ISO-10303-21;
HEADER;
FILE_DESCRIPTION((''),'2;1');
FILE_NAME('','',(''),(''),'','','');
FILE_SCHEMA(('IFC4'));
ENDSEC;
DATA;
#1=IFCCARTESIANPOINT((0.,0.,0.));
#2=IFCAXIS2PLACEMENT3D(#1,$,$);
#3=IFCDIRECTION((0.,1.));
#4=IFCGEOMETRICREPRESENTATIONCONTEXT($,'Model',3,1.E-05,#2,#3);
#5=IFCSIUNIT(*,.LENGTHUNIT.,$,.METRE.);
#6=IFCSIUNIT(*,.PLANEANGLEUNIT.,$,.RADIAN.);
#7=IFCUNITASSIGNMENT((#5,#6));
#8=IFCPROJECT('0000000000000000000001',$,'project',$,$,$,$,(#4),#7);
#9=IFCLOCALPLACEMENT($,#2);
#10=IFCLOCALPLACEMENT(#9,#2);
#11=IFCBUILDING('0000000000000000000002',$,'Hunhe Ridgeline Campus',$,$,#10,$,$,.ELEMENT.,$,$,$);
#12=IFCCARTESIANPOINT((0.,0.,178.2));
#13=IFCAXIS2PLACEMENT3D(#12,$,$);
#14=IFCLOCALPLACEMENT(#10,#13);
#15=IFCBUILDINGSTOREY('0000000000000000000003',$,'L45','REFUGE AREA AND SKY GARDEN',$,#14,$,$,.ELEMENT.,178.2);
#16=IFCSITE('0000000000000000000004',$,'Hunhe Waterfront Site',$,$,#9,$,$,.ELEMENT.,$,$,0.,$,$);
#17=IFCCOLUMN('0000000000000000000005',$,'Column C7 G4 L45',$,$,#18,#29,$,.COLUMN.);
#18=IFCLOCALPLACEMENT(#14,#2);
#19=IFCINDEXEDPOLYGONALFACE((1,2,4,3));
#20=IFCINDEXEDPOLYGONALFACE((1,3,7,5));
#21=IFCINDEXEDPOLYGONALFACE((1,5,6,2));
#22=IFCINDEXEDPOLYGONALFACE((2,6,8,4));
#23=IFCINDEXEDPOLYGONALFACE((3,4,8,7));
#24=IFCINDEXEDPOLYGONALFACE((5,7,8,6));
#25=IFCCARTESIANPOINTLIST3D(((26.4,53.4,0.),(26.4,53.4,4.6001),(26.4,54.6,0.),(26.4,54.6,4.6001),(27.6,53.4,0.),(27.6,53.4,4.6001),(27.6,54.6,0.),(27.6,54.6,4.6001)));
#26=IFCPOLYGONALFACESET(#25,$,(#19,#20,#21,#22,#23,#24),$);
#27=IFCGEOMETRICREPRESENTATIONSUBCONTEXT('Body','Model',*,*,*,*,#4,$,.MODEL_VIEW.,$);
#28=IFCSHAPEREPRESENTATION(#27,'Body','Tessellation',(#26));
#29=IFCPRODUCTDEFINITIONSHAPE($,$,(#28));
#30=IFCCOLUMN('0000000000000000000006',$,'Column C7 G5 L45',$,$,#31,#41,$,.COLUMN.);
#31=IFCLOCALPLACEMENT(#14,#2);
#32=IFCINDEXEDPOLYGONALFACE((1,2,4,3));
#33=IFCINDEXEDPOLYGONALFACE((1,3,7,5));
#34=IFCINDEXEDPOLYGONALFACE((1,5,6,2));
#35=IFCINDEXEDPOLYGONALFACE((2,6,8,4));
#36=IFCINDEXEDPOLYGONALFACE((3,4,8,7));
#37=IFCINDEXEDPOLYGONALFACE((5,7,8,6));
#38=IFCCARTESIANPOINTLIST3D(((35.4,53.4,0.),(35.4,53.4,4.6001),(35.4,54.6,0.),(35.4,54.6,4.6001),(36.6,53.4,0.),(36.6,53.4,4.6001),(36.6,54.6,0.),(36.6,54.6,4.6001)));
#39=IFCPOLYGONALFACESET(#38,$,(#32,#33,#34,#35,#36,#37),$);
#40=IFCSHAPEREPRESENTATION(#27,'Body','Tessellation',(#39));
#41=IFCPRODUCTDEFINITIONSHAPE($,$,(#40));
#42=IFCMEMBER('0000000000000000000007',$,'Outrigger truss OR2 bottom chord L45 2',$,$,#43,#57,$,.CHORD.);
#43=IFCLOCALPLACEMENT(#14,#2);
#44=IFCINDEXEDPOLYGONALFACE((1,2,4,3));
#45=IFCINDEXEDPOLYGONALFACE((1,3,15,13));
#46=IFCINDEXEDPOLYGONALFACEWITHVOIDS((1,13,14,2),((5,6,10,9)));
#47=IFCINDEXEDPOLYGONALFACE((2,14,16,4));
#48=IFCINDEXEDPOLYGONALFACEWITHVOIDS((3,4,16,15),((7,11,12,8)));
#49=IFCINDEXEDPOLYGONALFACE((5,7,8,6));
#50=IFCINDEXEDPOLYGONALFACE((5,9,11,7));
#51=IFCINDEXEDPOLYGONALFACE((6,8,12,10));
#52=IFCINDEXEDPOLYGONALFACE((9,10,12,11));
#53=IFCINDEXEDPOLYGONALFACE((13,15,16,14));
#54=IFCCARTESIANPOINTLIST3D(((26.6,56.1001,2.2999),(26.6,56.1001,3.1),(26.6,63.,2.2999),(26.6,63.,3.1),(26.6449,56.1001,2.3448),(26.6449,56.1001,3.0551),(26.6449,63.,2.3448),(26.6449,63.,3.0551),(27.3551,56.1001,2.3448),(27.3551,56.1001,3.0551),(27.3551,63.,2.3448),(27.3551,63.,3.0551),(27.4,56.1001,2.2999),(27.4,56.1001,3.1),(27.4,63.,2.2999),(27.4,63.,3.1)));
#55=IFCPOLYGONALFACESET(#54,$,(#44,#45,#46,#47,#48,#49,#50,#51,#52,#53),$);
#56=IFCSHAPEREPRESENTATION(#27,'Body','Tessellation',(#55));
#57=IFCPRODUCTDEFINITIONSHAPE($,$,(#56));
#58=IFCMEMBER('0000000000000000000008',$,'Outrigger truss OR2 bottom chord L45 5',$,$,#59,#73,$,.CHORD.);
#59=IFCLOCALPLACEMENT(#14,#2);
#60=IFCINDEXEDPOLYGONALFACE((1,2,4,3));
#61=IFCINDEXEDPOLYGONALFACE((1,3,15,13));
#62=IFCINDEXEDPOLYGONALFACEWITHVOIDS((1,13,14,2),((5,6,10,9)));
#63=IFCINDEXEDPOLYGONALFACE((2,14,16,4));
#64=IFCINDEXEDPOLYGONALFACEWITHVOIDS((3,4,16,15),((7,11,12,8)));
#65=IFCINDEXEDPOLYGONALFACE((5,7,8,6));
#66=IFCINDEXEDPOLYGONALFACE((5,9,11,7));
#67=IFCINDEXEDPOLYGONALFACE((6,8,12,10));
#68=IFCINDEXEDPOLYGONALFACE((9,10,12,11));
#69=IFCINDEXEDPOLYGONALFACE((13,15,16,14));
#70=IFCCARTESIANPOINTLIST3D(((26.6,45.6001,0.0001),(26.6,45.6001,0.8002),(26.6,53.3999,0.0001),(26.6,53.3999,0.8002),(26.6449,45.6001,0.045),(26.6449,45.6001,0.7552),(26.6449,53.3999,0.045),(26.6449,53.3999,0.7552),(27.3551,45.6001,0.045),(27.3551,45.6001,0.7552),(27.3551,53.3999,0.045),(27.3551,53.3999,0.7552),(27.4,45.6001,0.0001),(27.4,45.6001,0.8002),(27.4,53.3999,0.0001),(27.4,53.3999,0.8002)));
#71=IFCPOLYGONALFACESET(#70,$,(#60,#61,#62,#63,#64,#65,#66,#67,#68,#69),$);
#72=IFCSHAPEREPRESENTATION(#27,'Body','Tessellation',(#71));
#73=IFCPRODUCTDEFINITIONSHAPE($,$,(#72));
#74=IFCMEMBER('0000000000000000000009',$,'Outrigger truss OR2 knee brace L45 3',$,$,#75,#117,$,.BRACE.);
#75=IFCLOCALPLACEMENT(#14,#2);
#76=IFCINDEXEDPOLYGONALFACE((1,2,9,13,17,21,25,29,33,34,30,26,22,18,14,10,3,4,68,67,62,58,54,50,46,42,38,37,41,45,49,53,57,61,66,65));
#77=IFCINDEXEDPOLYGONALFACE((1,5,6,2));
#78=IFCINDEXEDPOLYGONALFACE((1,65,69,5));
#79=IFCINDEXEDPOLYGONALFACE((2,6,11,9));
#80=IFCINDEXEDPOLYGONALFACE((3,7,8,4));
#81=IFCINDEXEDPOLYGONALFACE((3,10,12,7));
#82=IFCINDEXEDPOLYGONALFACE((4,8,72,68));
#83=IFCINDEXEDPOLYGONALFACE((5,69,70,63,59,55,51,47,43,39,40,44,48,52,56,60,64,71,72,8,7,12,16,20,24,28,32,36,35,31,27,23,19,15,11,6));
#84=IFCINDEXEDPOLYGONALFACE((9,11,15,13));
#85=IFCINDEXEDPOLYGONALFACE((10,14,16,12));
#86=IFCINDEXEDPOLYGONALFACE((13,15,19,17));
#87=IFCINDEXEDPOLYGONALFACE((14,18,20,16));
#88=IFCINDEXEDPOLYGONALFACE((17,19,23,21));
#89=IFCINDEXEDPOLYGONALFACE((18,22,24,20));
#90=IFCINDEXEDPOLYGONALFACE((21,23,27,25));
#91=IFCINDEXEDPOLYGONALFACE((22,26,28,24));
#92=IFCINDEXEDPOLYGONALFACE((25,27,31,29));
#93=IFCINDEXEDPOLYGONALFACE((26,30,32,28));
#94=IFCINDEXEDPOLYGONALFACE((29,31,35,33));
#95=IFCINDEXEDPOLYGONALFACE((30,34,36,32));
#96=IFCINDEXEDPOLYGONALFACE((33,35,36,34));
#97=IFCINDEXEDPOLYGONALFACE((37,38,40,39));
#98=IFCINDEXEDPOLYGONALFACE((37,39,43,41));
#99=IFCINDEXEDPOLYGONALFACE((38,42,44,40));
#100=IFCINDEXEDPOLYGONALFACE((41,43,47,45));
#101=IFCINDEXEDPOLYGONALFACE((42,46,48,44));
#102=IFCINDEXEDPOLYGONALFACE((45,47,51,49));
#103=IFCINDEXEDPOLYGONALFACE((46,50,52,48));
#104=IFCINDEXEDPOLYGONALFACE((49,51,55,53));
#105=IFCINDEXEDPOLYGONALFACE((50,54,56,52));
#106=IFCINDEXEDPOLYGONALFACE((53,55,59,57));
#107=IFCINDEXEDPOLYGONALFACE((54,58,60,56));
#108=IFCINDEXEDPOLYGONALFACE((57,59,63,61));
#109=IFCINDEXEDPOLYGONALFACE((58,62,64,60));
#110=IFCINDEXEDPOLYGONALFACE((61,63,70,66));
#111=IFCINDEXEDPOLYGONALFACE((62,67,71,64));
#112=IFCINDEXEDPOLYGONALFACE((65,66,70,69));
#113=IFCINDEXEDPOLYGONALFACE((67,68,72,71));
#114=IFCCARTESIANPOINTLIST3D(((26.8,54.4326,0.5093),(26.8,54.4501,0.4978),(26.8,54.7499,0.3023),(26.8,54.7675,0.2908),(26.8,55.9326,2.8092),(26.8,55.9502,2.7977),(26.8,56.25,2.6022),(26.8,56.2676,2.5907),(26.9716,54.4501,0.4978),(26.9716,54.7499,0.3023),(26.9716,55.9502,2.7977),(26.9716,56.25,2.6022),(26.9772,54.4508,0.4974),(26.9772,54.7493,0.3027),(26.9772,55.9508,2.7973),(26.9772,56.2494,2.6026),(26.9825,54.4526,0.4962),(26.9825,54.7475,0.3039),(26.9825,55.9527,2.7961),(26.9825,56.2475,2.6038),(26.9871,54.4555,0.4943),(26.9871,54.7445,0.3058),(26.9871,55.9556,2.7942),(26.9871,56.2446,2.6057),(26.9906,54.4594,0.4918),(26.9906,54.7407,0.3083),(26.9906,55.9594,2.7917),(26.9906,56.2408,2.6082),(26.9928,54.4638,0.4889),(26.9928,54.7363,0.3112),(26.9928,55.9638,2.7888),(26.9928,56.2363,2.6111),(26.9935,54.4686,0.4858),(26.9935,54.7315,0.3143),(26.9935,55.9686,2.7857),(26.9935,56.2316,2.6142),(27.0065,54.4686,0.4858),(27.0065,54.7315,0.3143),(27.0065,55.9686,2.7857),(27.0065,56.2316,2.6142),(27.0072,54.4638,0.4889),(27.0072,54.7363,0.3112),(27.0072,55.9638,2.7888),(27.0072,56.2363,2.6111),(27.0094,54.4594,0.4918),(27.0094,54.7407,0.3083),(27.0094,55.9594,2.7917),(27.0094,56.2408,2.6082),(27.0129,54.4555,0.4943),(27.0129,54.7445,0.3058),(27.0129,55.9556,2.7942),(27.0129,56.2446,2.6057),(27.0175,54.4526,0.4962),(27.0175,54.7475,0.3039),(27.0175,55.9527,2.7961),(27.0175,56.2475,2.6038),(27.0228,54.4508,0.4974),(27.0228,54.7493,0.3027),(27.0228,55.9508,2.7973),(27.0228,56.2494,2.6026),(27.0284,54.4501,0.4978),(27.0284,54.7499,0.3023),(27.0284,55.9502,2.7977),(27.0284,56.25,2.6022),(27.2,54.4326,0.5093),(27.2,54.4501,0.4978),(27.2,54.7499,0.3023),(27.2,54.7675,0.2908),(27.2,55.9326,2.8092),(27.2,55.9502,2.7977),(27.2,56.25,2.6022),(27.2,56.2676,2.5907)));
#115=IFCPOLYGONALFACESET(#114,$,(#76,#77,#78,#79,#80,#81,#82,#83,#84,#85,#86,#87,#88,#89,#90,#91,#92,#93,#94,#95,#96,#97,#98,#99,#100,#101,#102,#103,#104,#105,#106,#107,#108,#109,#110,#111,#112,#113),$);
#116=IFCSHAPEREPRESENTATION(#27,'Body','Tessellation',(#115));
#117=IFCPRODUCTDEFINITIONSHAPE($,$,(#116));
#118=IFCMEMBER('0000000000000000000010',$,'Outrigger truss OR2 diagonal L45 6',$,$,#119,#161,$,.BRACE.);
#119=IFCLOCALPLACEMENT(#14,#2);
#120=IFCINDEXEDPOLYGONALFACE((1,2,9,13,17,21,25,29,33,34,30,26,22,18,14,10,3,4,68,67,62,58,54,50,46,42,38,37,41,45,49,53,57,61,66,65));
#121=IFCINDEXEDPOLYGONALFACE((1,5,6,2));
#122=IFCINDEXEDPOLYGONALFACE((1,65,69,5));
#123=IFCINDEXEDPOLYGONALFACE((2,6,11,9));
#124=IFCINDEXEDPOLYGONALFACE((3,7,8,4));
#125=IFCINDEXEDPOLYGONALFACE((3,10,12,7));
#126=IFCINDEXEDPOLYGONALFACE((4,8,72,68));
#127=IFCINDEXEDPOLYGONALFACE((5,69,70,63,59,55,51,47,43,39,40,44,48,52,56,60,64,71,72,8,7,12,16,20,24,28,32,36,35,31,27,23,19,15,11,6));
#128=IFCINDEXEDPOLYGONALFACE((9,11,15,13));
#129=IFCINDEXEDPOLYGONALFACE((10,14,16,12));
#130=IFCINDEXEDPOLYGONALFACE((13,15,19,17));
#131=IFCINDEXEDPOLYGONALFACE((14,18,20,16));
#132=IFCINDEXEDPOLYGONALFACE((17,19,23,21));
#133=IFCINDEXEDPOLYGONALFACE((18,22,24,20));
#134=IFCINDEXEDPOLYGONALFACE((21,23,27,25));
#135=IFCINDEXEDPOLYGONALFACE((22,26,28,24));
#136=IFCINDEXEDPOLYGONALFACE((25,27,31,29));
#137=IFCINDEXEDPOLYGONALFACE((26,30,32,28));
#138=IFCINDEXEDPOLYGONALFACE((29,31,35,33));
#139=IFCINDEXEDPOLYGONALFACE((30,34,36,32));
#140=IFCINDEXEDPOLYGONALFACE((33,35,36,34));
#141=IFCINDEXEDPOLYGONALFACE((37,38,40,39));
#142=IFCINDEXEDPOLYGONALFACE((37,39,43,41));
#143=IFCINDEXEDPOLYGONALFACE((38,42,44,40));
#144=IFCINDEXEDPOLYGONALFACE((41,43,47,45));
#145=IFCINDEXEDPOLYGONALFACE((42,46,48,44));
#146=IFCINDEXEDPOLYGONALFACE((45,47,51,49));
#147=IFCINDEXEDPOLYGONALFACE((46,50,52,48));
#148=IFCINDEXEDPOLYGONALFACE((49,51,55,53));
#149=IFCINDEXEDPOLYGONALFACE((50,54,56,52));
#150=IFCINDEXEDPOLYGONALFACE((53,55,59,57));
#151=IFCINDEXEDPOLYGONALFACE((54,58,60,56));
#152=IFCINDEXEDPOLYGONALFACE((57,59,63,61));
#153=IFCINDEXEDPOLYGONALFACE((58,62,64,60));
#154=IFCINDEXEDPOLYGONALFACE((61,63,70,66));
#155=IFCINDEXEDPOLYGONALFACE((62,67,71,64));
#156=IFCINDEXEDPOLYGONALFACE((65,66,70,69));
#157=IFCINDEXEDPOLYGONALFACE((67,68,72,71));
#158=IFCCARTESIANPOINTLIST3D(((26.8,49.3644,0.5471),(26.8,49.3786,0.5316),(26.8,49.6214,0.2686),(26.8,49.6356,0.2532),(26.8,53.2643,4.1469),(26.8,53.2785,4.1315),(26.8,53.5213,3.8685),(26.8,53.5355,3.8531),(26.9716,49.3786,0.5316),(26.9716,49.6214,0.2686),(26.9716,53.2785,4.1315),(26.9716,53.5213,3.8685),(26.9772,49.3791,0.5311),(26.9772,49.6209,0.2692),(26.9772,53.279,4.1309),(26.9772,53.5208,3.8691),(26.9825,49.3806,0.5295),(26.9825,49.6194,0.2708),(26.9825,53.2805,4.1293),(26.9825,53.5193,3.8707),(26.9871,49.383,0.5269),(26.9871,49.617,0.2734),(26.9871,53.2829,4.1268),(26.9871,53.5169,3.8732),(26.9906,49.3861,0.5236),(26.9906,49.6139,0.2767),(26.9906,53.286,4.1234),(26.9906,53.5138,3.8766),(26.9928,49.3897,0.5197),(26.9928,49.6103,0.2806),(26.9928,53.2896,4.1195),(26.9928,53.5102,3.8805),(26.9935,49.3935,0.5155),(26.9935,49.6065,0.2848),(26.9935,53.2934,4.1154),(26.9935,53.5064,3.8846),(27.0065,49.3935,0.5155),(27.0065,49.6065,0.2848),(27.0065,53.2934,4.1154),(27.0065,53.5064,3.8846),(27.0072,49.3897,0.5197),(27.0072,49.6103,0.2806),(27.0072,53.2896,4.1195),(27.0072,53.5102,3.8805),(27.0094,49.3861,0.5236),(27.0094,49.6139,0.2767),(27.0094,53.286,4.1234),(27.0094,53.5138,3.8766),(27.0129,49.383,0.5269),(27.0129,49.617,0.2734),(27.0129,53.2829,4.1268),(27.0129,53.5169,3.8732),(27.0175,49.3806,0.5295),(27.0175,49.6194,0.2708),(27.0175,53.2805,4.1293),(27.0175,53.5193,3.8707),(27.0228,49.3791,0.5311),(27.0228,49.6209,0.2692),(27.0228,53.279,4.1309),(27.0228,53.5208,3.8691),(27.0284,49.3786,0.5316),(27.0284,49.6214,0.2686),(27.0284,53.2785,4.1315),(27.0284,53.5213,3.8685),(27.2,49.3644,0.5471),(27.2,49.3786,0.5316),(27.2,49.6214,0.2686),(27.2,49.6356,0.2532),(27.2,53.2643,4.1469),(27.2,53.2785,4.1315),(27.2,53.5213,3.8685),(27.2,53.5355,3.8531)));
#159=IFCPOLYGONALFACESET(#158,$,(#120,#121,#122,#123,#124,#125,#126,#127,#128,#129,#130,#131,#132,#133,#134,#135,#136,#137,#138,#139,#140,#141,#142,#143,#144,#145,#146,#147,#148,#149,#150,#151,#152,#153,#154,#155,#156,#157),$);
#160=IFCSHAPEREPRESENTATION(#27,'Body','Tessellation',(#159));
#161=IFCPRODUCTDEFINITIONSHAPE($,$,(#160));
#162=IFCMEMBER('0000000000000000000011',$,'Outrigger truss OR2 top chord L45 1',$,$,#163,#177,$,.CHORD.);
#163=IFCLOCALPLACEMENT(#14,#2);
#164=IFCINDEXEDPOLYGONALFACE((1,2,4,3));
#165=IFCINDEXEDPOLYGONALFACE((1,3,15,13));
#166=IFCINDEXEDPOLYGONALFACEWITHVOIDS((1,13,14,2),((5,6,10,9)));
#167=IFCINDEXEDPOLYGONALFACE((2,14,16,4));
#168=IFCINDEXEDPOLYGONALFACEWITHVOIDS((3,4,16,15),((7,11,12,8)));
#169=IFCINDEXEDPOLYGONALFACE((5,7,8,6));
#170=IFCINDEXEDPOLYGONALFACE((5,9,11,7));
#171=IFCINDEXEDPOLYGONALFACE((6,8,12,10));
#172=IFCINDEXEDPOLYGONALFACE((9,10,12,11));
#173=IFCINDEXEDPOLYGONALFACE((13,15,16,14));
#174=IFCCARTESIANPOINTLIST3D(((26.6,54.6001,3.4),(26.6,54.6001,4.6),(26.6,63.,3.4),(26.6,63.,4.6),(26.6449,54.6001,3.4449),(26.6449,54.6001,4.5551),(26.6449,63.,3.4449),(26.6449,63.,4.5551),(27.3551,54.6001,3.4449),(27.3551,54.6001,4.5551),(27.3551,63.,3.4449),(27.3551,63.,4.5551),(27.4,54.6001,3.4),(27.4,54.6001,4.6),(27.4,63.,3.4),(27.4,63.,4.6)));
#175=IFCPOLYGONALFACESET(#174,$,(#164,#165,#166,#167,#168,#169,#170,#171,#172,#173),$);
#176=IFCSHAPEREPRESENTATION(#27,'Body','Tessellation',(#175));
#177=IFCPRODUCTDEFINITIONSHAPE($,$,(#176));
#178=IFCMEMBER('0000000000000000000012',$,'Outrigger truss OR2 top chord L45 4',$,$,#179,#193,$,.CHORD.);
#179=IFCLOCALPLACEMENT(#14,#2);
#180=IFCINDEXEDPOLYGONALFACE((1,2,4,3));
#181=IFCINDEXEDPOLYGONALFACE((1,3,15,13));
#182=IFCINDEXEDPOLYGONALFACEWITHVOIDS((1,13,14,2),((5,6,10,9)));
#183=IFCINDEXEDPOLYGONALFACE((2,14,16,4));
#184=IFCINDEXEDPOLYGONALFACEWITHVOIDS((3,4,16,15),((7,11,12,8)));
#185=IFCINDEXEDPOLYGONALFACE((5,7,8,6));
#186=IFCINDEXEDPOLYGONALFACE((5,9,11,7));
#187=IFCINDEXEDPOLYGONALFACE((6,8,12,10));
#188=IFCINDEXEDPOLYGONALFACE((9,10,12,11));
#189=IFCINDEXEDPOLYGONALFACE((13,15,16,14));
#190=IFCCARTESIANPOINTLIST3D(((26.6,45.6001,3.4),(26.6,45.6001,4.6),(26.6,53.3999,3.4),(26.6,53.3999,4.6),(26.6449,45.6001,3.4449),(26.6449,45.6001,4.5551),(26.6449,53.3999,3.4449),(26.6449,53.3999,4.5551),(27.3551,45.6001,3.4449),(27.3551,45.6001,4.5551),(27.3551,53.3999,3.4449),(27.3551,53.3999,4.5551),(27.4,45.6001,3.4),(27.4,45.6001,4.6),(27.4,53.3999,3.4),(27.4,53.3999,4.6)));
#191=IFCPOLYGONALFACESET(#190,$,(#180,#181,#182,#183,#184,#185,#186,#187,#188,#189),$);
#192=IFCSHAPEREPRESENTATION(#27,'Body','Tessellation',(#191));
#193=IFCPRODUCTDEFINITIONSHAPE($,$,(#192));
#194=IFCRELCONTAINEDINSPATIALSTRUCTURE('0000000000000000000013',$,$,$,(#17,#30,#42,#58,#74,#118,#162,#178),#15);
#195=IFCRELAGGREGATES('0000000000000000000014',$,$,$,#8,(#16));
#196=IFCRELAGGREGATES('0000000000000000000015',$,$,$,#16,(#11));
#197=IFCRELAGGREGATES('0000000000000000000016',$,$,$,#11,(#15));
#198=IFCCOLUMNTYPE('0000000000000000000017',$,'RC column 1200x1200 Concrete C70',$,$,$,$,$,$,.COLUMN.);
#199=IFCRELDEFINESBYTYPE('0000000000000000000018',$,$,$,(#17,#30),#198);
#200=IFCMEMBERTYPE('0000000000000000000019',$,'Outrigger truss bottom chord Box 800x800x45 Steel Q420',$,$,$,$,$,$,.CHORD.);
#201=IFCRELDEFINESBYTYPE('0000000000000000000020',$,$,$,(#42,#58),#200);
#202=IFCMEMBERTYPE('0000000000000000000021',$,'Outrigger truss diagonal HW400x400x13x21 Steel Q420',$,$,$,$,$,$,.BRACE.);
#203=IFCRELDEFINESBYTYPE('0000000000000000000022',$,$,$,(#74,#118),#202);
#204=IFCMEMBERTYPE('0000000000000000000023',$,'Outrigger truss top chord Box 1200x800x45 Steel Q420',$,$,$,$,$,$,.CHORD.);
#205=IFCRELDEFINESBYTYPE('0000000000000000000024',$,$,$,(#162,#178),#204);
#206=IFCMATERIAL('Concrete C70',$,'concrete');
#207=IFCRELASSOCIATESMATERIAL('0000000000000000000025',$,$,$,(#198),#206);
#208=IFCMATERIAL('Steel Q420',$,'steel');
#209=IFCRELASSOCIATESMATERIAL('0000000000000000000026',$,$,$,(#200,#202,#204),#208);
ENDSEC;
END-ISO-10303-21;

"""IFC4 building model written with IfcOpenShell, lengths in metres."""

from ifc_helpers import new_model, si_unit, direction, frame, origin, origin_2d, place, context, subcontext, project, spatial, rectangle, hollow_rectangle, i_section, extrude, material, material_profile, profile_set, type_object, element, save


model = new_model("IFC4")

# Units and contexts
model_context = context("Model", 3, precision=1e-05, world=origin(), true_north=direction((0.0, 1.0)))
body_context = subcontext(model_context, "Body", "Model", "MODEL_VIEW")
ifc_project = project(units=[si_unit("LENGTHUNIT", "METRE"), si_unit("PLANEANGLEUNIT", "RADIAN")], contexts=[model_context])

# Site, building, storey
site_placement = place(None, origin())
site = spatial("IfcSite", under=ifc_project, at=site_placement, Name="Hunhe Waterfront Site", CompositionType="ELEMENT", RefElevation=0.0)
building_placement = place(site_placement, origin())
building = spatial("IfcBuilding", under=site, at=building_placement, Name="Hunhe Ridgeline Campus", CompositionType="ELEMENT")
storey_placement = place(building_placement, frame((0.0, 0.0, 178.2)))
storey = spatial("IfcBuildingStorey", under=building, at=storey_placement, Name="L45", Description="REFUGE AREA AND SKY GARDEN", CompositionType="ELEMENT", Elevation=178.2)

# Columns
ifc_material_1 = material(Name="Concrete C70", Category="concrete")
ifc_material_profile_1 = material_profile(ifc_material_1, rectangle(XDim=1.2, YDim=1.2, at=origin_2d()))
ifc_profile_set_1 = profile_set([ifc_material_profile_1], Name="Concrete C70")
column_type = type_object("IfcColumnType", Name="RC column 1200x1200 Concrete C70", PredefinedType="COLUMN", material=ifc_profile_set_1)
for number, where, z_axis, x_axis, name in (
    (1, (27.0, 54.0, 0.0), (0.0, 0.0, 1.0), (1.0, 0.0, 0.0), "Column C7 G4 L45"),
    (2, (36.0, 54.0, 0.0), (0.0, 0.0, 1.0), (1.0, 0.0, 0.0), "Column C7 G5 L45"),
):
    element("IfcColumn", number, at=place(storey_placement, frame(where, z_axis=z_axis, x_axis=x_axis)), inside=storey, type_object=column_type, Name=name, PredefinedType="COLUMN", context=body_context, shape_type="SweptSolid", body=[
        extrude(rectangle(XDim=1.2, YDim=1.2, at=origin_2d()), origin(), (0.0, 0.0, 1.0), 4.6001),
    ])

# Members
ifc_material_2 = material(Name="Steel Q420", Category="steel")
ifc_material_profile_2 = material_profile(ifc_material_2, hollow_rectangle(XDim=0.8, YDim=0.8, WallThickness=0.0449, at=origin_2d()))
ifc_profile_set_2 = profile_set([ifc_material_profile_2], Name="Steel Q420")
member_type_1 = type_object("IfcMemberType", Name="Outrigger truss bottom chord Box 800x800x45 Steel Q420", PredefinedType="CHORD", material=ifc_profile_set_2)
member_1_placement = place(storey_placement, frame((27.0, 63.0, 2.7), z_axis=(0.0, -1.0, 0.0), x_axis=(1.0, 0.0, 0.0)))
element("IfcMember", 3, at=member_1_placement, inside=storey, type_object=member_type_1, Name="Outrigger truss OR2 bottom chord L45 2", PredefinedType="CHORD", context=body_context, shape_type="SweptSolid", body=[
    extrude(hollow_rectangle(XDim=0.8, YDim=0.8, WallThickness=0.0449, at=origin_2d()), origin(), (0.0, 0.0, 1.0), 6.8999),
])
member_2_placement = place(storey_placement, frame((27.0, 53.3999, 0.4001), z_axis=(0.0, -1.0, 0.0), x_axis=(1.0, 0.0, 0.0)))
element("IfcMember", 4, at=member_2_placement, inside=storey, type_object=member_type_1, Name="Outrigger truss OR2 bottom chord L45 5", PredefinedType="CHORD", context=body_context, shape_type="SweptSolid", body=[
    extrude(hollow_rectangle(XDim=0.8, YDim=0.8, WallThickness=0.0449, at=origin_2d()), origin(), (0.0, 0.0, 1.0), 7.7998),
])
ifc_material_profile_3 = material_profile(ifc_material_2, i_section(OverallWidth=0.3999, OverallDepth=0.3999, WebThickness=0.0129, FlangeThickness=0.021, FilletRadius=0.022, at=origin_2d()))
ifc_profile_set_3 = profile_set([ifc_material_profile_3], Name="Steel Q420")
member_type_2 = type_object("IfcMemberType", Name="Outrigger truss diagonal HW400x400x13x21 Steel Q420", PredefinedType="BRACE", material=ifc_profile_set_3)
member_3_placement = place(storey_placement, frame((27.0, 56.1001, 2.7), z_axis=(0.0, -0.5463, -0.837589), x_axis=(1.0, 0.0, 0.0)))
element("IfcMember", 5, at=member_3_placement, inside=storey, type_object=member_type_2, Name="Outrigger truss OR2 knee brace L45 3", PredefinedType="BRACE", context=body_context, shape_type="SweptSolid", body=[
    extrude(i_section(OverallWidth=0.3999, OverallDepth=0.3999, WebThickness=0.0129, FlangeThickness=0.021, FilletRadius=0.022, at=origin_2d()), origin(), (0.0, 0.0, 1.0), 2.7458),
])
member_4_placement = place(storey_placement, frame((27.0, 53.3999, 4.0), z_axis=(0.0, -0.734809, -0.678274), x_axis=(1.0, 0.0, 0.0)))
element("IfcMember", 6, at=member_4_placement, inside=storey, type_object=member_type_2, Name="Outrigger truss OR2 diagonal L45 6", PredefinedType="BRACE", context=body_context, shape_type="SweptSolid", body=[
    extrude(i_section(OverallWidth=0.3999, OverallDepth=0.3999, WebThickness=0.0129, FlangeThickness=0.021, FilletRadius=0.022, at=origin_2d()), origin(), (0.0, 0.0, 1.0), 5.3074),
])
ifc_material_profile_4 = material_profile(ifc_material_2, hollow_rectangle(XDim=0.8, YDim=1.2, WallThickness=0.0449, at=origin_2d()))
ifc_profile_set_4 = profile_set([ifc_material_profile_4], Name="Steel Q420")
member_type_3 = type_object("IfcMemberType", Name="Outrigger truss top chord Box 1200x800x45 Steel Q420", PredefinedType="CHORD", material=ifc_profile_set_4)
member_5_placement = place(storey_placement, frame((27.0, 63.0, 4.0), z_axis=(0.0, -1.0, 0.0), x_axis=(1.0, 0.0, 0.0)))
element("IfcMember", 7, at=member_5_placement, inside=storey, type_object=member_type_3, Name="Outrigger truss OR2 top chord L45 1", PredefinedType="CHORD", context=body_context, shape_type="SweptSolid", body=[
    extrude(hollow_rectangle(XDim=0.8, YDim=1.2, WallThickness=0.0449, at=origin_2d()), origin(), (0.0, 0.0, 1.0), 8.3999),
])
member_6_placement = place(storey_placement, frame((27.0, 53.3999, 4.0), z_axis=(0.0, -1.0, 0.0), x_axis=(1.0, 0.0, 0.0)))
element("IfcMember", 8, at=member_6_placement, inside=storey, type_object=member_type_3, Name="Outrigger truss OR2 top chord L45 4", PredefinedType="CHORD", context=body_context, shape_type="SweptSolid", body=[
    extrude(hollow_rectangle(XDim=0.8, YDim=1.2, WallThickness=0.0449, at=origin_2d()), origin(), (0.0, 0.0, 1.0), 7.7998),
])

save(model, "model.ifc")
